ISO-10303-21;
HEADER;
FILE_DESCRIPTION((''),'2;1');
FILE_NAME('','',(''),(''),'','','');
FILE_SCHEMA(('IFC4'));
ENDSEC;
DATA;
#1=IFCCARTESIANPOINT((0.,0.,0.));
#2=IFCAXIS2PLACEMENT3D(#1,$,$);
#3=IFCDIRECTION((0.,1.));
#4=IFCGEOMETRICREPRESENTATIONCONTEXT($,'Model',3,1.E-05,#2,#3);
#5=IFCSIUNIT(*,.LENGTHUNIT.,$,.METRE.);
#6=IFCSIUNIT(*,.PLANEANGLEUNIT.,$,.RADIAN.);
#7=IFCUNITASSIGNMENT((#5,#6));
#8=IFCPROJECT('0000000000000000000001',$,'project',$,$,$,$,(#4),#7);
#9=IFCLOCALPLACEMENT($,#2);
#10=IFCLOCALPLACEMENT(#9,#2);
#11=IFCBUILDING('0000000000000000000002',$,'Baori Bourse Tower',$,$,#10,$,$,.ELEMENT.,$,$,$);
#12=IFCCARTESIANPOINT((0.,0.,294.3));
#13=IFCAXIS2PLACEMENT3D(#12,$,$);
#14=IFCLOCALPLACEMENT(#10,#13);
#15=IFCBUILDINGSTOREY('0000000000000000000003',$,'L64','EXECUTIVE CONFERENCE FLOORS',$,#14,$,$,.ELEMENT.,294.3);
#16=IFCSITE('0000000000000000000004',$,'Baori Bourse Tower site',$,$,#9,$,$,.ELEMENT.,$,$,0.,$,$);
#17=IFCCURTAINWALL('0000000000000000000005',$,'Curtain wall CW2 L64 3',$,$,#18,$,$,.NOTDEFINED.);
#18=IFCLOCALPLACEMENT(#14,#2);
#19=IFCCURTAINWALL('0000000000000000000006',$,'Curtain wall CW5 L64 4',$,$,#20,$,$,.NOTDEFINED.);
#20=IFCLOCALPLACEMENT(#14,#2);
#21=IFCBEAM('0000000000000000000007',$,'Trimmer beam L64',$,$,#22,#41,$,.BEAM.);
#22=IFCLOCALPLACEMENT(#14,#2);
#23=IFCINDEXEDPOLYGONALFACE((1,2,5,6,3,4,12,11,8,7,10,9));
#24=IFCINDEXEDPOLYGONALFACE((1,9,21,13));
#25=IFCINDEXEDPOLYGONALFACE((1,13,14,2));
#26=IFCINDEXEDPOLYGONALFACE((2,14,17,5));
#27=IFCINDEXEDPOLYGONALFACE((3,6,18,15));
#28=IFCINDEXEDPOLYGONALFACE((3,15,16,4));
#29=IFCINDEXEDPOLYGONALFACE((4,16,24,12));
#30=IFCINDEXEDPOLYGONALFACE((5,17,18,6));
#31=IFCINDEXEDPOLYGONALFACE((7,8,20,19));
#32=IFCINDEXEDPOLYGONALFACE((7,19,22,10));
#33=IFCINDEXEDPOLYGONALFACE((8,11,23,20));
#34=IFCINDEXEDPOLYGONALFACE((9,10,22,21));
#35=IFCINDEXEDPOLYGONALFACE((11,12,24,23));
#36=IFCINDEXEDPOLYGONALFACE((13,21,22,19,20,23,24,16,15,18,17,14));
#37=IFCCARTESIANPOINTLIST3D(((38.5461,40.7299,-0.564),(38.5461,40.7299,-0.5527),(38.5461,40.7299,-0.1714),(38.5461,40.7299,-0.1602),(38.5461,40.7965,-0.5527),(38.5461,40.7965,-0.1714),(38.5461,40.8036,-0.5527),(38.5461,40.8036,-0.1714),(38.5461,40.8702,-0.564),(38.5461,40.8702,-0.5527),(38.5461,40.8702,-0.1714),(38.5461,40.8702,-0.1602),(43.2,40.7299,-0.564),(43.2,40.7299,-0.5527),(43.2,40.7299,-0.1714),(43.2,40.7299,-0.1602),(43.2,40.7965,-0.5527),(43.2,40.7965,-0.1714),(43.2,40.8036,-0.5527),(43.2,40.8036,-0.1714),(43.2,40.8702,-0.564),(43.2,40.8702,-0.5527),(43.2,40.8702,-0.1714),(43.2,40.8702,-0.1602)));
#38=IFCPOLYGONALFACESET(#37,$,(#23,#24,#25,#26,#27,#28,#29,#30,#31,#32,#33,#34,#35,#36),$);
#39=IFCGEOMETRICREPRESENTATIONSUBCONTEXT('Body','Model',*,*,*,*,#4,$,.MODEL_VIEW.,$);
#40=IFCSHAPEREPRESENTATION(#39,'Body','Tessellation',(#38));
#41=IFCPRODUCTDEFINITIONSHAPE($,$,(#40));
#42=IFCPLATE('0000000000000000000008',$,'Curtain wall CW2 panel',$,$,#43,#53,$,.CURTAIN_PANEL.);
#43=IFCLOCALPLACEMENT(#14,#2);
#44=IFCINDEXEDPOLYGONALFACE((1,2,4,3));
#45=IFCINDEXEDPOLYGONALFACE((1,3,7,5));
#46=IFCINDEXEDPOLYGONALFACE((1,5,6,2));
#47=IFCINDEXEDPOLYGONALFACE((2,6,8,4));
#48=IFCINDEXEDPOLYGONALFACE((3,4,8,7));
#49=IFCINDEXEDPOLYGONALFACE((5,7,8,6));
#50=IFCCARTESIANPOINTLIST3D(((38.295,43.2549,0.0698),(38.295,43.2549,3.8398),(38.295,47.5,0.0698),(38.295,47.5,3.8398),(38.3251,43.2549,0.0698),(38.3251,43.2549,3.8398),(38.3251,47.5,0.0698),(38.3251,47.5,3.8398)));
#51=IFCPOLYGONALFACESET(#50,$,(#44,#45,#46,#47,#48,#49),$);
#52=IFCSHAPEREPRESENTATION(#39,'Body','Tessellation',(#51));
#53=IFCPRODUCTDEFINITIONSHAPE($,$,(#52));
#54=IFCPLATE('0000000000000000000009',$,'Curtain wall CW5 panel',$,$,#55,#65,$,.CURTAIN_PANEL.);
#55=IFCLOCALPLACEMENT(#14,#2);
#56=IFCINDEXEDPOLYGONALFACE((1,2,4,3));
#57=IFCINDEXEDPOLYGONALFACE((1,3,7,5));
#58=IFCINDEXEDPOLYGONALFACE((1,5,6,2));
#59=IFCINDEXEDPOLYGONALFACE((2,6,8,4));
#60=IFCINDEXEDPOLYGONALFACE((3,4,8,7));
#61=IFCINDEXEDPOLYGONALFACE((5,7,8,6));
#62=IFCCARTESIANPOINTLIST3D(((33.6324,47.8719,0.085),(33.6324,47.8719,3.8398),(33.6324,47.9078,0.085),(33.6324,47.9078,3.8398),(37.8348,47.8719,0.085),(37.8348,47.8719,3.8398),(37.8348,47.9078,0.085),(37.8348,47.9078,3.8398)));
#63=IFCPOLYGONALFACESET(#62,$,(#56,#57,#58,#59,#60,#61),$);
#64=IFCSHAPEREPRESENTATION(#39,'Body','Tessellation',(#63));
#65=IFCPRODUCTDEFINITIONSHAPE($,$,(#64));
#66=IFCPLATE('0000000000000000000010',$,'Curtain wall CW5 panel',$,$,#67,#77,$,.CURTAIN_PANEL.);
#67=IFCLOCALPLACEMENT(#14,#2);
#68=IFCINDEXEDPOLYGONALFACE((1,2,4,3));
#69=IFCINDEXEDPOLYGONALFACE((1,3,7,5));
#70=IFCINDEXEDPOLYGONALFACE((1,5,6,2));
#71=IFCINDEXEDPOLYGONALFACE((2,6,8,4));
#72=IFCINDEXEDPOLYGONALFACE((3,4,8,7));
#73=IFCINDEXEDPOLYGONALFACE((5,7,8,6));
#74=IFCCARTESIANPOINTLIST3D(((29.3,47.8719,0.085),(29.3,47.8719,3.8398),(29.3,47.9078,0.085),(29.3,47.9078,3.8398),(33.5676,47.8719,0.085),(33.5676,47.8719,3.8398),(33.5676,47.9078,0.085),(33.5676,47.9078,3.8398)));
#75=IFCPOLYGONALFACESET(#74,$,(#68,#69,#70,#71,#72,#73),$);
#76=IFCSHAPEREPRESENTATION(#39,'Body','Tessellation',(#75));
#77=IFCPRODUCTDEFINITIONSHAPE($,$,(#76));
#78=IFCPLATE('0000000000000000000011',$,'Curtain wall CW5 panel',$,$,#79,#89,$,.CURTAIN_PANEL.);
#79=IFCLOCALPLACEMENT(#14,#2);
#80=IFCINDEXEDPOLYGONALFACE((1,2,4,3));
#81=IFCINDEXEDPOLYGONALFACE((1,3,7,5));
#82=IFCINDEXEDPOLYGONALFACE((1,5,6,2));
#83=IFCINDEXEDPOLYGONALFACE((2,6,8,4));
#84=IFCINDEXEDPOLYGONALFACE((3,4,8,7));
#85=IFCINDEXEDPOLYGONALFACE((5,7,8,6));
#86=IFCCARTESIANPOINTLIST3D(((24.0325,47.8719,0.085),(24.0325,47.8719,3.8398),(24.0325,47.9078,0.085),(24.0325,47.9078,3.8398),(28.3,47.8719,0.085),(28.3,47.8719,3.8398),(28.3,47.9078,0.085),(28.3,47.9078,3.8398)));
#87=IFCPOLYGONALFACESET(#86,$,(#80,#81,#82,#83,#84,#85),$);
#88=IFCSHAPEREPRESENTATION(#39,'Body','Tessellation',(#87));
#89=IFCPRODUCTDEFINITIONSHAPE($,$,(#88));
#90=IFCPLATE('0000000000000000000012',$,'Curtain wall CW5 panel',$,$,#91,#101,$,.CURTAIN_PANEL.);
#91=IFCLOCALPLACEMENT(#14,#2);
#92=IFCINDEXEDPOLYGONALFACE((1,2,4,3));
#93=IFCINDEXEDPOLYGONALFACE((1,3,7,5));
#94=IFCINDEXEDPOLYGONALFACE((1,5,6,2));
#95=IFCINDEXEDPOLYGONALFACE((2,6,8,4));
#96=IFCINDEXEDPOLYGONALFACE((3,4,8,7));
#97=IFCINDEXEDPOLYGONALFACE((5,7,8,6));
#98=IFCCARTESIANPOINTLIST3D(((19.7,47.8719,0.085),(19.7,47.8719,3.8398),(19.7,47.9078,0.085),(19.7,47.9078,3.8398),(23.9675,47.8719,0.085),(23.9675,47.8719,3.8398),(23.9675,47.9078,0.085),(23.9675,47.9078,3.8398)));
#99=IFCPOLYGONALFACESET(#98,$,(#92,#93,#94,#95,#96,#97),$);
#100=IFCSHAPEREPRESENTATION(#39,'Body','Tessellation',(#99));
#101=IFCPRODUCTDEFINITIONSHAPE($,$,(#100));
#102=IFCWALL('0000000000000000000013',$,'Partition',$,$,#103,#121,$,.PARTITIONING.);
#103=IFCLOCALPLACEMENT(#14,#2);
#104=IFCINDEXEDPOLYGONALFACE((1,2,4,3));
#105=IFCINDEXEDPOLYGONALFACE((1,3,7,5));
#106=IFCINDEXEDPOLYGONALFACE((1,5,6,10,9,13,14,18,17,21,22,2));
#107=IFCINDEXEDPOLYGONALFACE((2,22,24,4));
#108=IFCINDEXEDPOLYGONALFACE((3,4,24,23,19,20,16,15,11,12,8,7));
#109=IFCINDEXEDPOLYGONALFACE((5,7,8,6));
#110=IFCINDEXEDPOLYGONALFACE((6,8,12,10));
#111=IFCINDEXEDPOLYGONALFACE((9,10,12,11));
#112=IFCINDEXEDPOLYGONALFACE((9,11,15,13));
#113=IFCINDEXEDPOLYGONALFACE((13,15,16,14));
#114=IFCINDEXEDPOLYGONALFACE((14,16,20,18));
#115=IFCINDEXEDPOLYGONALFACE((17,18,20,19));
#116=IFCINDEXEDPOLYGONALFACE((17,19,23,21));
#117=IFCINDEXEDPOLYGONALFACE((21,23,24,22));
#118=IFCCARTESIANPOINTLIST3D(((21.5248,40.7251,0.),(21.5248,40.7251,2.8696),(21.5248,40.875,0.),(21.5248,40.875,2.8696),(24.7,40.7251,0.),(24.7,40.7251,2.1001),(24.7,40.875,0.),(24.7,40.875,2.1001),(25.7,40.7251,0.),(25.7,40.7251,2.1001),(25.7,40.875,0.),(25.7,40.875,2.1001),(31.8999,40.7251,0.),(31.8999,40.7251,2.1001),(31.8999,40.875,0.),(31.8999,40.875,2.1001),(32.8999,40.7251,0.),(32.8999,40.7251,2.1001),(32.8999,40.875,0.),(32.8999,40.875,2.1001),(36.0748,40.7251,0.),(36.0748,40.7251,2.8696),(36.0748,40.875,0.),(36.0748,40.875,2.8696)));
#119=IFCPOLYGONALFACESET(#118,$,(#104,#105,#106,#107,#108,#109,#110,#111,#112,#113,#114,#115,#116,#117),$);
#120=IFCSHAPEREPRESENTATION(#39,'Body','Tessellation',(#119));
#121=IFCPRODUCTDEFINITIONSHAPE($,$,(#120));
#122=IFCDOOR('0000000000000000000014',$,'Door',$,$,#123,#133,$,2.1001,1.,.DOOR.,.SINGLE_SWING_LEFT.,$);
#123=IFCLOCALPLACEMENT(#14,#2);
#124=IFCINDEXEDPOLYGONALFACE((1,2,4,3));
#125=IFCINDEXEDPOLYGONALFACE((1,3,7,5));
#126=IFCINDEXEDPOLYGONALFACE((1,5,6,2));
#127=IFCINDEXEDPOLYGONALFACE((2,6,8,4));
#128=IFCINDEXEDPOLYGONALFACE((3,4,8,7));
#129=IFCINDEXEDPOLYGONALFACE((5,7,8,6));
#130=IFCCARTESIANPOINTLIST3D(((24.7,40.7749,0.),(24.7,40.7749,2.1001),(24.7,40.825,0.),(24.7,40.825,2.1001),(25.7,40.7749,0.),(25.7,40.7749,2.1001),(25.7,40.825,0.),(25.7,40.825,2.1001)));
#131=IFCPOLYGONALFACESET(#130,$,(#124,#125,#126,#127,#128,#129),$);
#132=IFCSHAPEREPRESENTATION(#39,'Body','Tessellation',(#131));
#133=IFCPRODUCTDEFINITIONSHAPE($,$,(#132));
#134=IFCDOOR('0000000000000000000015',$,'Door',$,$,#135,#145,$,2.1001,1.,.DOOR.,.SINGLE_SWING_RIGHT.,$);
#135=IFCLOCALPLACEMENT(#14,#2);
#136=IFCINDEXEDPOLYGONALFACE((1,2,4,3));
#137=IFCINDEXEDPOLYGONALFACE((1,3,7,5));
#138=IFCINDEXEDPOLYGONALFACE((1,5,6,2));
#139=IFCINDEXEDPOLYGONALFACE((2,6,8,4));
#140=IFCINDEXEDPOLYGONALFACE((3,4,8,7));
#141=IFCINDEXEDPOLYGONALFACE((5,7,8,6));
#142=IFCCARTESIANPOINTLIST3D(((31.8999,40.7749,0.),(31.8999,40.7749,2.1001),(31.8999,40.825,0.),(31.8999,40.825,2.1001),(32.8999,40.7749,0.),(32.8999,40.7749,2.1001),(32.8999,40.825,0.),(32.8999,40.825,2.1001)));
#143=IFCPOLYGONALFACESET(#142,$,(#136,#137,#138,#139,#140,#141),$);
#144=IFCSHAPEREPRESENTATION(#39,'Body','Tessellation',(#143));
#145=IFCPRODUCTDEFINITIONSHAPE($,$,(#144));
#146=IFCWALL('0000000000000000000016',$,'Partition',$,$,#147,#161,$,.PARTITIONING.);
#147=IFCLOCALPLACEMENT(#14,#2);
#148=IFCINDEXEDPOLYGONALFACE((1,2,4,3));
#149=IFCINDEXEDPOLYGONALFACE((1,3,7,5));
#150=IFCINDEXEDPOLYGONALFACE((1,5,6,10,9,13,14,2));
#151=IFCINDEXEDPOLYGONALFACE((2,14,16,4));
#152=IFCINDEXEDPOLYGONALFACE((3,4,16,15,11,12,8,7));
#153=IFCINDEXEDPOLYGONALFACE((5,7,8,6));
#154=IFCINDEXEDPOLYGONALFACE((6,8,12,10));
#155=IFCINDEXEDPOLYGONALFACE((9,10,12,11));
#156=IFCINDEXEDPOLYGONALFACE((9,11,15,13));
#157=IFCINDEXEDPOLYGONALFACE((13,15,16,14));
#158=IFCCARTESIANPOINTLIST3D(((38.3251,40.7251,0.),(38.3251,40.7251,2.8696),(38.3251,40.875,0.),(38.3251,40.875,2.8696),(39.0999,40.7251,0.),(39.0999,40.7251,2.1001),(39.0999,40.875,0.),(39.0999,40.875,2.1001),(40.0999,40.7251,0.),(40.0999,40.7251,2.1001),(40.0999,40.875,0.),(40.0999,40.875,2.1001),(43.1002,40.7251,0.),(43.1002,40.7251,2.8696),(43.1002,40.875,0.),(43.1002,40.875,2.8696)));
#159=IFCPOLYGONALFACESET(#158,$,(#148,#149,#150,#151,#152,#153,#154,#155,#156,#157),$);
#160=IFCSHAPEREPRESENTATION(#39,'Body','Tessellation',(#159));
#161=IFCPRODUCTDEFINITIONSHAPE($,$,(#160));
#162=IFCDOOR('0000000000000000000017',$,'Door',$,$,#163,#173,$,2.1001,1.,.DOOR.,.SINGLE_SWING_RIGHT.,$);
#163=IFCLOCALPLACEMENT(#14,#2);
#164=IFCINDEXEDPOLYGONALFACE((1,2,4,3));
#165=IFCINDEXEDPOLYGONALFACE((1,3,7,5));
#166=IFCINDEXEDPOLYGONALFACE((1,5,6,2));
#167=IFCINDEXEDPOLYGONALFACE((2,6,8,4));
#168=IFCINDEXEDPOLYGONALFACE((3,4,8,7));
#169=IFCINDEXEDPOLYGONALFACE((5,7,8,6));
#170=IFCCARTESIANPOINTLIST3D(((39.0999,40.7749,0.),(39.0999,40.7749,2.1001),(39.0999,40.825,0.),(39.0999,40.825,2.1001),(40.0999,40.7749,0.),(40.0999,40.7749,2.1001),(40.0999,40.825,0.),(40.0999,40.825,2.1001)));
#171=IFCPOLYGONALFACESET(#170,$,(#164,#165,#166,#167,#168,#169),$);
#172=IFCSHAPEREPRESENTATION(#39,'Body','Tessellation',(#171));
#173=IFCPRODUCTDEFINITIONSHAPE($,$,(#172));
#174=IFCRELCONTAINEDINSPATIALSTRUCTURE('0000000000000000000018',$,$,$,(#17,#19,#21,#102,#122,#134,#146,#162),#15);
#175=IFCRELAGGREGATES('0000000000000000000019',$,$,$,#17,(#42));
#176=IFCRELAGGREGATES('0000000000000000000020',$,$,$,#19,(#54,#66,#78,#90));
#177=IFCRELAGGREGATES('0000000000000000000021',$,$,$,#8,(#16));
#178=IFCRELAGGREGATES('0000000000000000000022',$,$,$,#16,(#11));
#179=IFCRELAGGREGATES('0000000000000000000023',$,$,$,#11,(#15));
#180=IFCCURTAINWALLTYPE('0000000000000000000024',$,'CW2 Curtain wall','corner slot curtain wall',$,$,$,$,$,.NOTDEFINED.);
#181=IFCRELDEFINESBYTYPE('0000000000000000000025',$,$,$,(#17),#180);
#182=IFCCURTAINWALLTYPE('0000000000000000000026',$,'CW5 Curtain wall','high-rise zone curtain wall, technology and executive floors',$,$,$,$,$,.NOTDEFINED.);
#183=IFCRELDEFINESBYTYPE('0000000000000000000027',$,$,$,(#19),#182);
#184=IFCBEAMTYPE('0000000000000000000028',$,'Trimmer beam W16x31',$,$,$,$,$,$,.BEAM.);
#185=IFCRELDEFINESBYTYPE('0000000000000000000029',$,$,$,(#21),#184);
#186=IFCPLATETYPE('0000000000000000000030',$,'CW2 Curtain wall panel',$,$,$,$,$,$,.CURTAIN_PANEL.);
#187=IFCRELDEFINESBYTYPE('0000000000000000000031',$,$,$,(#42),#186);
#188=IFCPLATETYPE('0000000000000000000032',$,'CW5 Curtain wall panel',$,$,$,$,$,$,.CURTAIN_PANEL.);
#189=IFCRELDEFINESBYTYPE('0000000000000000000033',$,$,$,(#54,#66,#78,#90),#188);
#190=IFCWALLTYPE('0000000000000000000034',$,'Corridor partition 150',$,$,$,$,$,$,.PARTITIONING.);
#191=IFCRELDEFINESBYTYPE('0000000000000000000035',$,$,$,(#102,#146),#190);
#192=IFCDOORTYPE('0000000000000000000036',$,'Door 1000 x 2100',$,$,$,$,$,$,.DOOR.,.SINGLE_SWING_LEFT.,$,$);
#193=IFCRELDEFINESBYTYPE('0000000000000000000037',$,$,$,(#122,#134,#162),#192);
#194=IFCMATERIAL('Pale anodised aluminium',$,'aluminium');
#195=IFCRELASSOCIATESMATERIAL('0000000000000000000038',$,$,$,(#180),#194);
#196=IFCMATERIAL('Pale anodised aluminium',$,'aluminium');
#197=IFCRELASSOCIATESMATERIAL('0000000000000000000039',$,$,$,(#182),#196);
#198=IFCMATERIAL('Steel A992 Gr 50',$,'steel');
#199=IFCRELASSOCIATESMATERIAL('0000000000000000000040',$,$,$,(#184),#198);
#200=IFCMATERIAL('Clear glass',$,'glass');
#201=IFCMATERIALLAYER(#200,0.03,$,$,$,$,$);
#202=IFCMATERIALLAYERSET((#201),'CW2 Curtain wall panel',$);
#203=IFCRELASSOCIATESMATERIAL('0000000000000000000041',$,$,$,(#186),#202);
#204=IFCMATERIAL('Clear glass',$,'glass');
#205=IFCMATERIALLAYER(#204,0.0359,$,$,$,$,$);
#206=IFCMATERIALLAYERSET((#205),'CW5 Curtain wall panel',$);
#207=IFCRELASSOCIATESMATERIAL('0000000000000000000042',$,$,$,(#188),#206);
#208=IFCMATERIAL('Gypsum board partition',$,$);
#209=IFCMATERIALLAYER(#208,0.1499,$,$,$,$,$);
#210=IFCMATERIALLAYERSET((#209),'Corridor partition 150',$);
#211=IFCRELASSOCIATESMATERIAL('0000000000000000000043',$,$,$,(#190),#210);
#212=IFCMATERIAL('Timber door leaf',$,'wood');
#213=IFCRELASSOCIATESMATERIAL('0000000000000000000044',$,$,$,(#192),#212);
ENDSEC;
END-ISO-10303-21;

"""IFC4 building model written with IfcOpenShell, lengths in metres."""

from ifc_helpers import new_model, si_unit, direction, frame, frame_2d, origin, origin_2d, place, context, subcontext, project, spatial, rectangle, i_section, extrude, material, layer, layer_set, material_profile, profile_set, type_object, element, fill, aggregate, save


model = new_model("IFC4")

# Units and contexts
model_context = context("Model", 3, precision=1e-05, world=origin(), true_north=direction((0.0, 1.0)))
body_context = subcontext(model_context, "Body", "Model", "MODEL_VIEW")
ifc_project = project(units=[si_unit("LENGTHUNIT", "METRE"), si_unit("PLANEANGLEUNIT", "RADIAN")], contexts=[model_context])

# Site, building, storey
site_placement = place(None, origin())
site = spatial("IfcSite", under=ifc_project, at=site_placement, Name="Baori Bourse Tower site", CompositionType="ELEMENT", RefElevation=0.0)
building_placement = place(site_placement, origin())
building = spatial("IfcBuilding", under=site, at=building_placement, Name="Baori Bourse Tower", CompositionType="ELEMENT")
storey_placement = place(building_placement, frame((0.0, 0.0, 294.3)))
storey = spatial("IfcBuildingStorey", under=building, at=storey_placement, Name="L64", Description="EXECUTIVE CONFERENCE FLOORS", CompositionType="ELEMENT", Elevation=294.3)

# Curtain walls
ifc_material_1 = material(Name="Pale anodised aluminium", Category="aluminium")
curtain_wall_type_1 = type_object("IfcCurtainWallType", Name="CW2 Curtain wall", Description="corner slot curtain wall", PredefinedType="NOTDEFINED", material=ifc_material_1)
curtain_wall_1_placement = place(storey_placement, origin())
curtain_wall_1 = element("IfcCurtainWall", 1, at=curtain_wall_1_placement, inside=storey, type_object=curtain_wall_type_1, Name="Curtain wall CW2 L64 3", PredefinedType="NOTDEFINED")
ifc_material_2 = material(Name="Pale anodised aluminium", Category="aluminium")
curtain_wall_type_2 = type_object("IfcCurtainWallType", Name="CW5 Curtain wall", Description="high-rise zone curtain wall, technology and executive floors", PredefinedType="NOTDEFINED", material=ifc_material_2)
curtain_wall_2_placement = place(storey_placement, origin())
curtain_wall_2 = element("IfcCurtainWall", 2, at=curtain_wall_2_placement, inside=storey, type_object=curtain_wall_type_2, Name="Curtain wall CW5 L64 4", PredefinedType="NOTDEFINED")

# Beam
ifc_material_3 = material(Name="Steel A992 Gr 50", Category="steel")
ifc_material_profile_1 = material_profile(ifc_material_3, i_section(OverallWidth=0.1404, OverallDepth=0.4038, WebThickness=0.0071, FlangeThickness=0.0112, at=origin_2d()), Name="W16x31")
ifc_profile_set_1 = profile_set([ifc_material_profile_1], Name="Steel A992 Gr 50")
beam_type_1 = type_object("IfcBeamType", Name="Trimmer beam W16x31", PredefinedType="BEAM", material=ifc_profile_set_1)
beam_1_placement = place(storey_placement, frame((38.5461, 40.8, -0.3621), z_axis=(1.0, 0.0, 0.0), x_axis=(0.0, 1.0, 0.0)))
element("IfcBeam", 3, at=beam_1_placement, inside=storey, type_object=beam_type_1, Name="Trimmer beam L64", PredefinedType="BEAM", context=body_context, shape_type="SweptSolid", body=[
    extrude(i_section(OverallWidth=0.1404, OverallDepth=0.4038, WebThickness=0.0071, FlangeThickness=0.0112, at=origin_2d()), origin(), (0.0, 0.0, 1.0), 4.6538),
])

# Plates
ifc_material_4 = material(Name="Clear glass", Category="glass")
ifc_layer_1 = layer(ifc_material_4, 0.03)
ifc_layer_set_1 = layer_set([ifc_layer_1], Name="CW2 Curtain wall panel")
plate_type_1 = type_object("IfcPlateType", Name="CW2 Curtain wall panel", PredefinedType="CURTAIN_PANEL", material=ifc_layer_set_1)
plate_1_placement = place(storey_placement, frame((38.3101, 45.3774, 0.0698), z_axis=(0.0, 0.0, 1.0), x_axis=(0.0, 1.0, 0.0)))
plate_1 = element("IfcPlate", 4, at=plate_1_placement, type_object=plate_type_1, Name="Curtain wall CW2 panel", PredefinedType="CURTAIN_PANEL", context=body_context, shape_type="SweptSolid", body=[
    extrude(rectangle(XDim=4.2451, YDim=0.03, at=origin_2d()), origin(), (0.0, 0.0, 1.0), 3.77),
])
aggregate(curtain_wall_1, [plate_1])
ifc_material_5 = material(Name="Clear glass", Category="glass")
ifc_layer_2 = layer(ifc_material_5, 0.0359)
ifc_layer_set_2 = layer_set([ifc_layer_2], Name="CW5 Curtain wall panel")
plate_type_2 = type_object("IfcPlateType", Name="CW5 Curtain wall panel", PredefinedType="CURTAIN_PANEL", material=ifc_layer_set_2)
plate_2_placement = place(storey_placement, frame((35.7336, 47.8899, 0.085), z_axis=(0.0, 0.0, 1.0), x_axis=(-1.0, 0.0, 0.0)))
plate_2 = element("IfcPlate", 5, at=plate_2_placement, type_object=plate_type_2, Name="Curtain wall CW5 panel", PredefinedType="CURTAIN_PANEL", context=body_context, shape_type="SweptSolid", body=[
    extrude(rectangle(XDim=4.2024, YDim=0.0359, at=origin_2d()), origin(), (0.0, 0.0, 1.0), 3.7549),
])
plate_3_placement = place(storey_placement, frame((31.4338, 47.8899, 0.085), z_axis=(0.0, 0.0, 1.0), x_axis=(-1.0, 0.0, 0.0)))
plate_3 = element("IfcPlate", 6, at=plate_3_placement, type_object=plate_type_2, Name="Curtain wall CW5 panel", PredefinedType="CURTAIN_PANEL", context=body_context, shape_type="SweptSolid", body=[
    extrude(rectangle(XDim=4.2676, YDim=0.0359, at=origin_2d()), origin(), (0.0, 0.0, 1.0), 3.7549),
])
plate_4_placement = place(storey_placement, frame((26.1663, 47.8899, 0.085), z_axis=(0.0, 0.0, 1.0), x_axis=(-1.0, 0.0, 0.0)))
plate_4 = element("IfcPlate", 7, at=plate_4_placement, type_object=plate_type_2, Name="Curtain wall CW5 panel", PredefinedType="CURTAIN_PANEL", context=body_context, shape_type="SweptSolid", body=[
    extrude(rectangle(XDim=4.2676, YDim=0.0359, at=origin_2d()), origin(), (0.0, 0.0, 1.0), 3.7549),
])
plate_5_placement = place(storey_placement, frame((21.8337, 47.8899, 0.085), z_axis=(0.0, 0.0, 1.0), x_axis=(-1.0, 0.0, 0.0)))
plate_5 = element("IfcPlate", 8, at=plate_5_placement, type_object=plate_type_2, Name="Curtain wall CW5 panel", PredefinedType="CURTAIN_PANEL", context=body_context, shape_type="SweptSolid", body=[
    extrude(rectangle(XDim=4.2676, YDim=0.0359, at=origin_2d()), origin(), (0.0, 0.0, 1.0), 3.7549),
])
aggregate(curtain_wall_2, [plate_2, plate_3, plate_4, plate_5])

# Wall, openings, doors
ifc_material_6 = material(Name="Gypsum board partition")
ifc_layer_3 = layer(ifc_material_6, 0.1499)
ifc_layer_set_3 = layer_set([ifc_layer_3], Name="Corridor partition 150")
wall_type_1 = type_object("IfcWallType", Name="Corridor partition 150", PredefinedType="PARTITIONING", material=ifc_layer_set_3)
wall_1_placement = place(storey_placement, frame((21.5249, 40.8, 0.0), z_axis=(0.0, 0.0, 1.0), x_axis=(1.0, 0.0, 0.0)))
wall_1 = element("IfcWall", 9, at=wall_1_placement, inside=storey, type_object=wall_type_1, Name="Partition", PredefinedType="PARTITIONING", context=body_context, shape_type="SweptSolid", body=[
    extrude(rectangle(XDim=14.55, YDim=0.1499, at=frame_2d((7.2749, 0.0))), origin(), (0.0, 0.0, 1.0), 2.8696),
])
opening_1_placement = place(wall_1_placement, frame((3.175, 0.0, 0.0)))
opening_1 = element("IfcOpeningElement", 10, at=opening_1_placement, cuts=wall_1, PredefinedType="OPENING", context=body_context, shape_type="SweptSolid", body=[
    extrude(rectangle(XDim=1.0, YDim=2.1001, at=frame_2d((0.5, 1.05))), frame((0.0, 0.085, 0.0), z_axis=(0.0, -1.0, 0.0), x_axis=(1.0, 0.0, 0.0)), (0.0, 0.0, 1.0), 0.1699),
])
opening_2_placement = place(wall_1_placement, frame((10.375, 0.0, 0.0)))
opening_2 = element("IfcOpeningElement", 11, at=opening_2_placement, cuts=wall_1, PredefinedType="OPENING", context=body_context, shape_type="SweptSolid", body=[
    extrude(rectangle(XDim=1.0, YDim=2.1001, at=frame_2d((0.5, 1.05))), frame((0.0, 0.085, 0.0), z_axis=(0.0, -1.0, 0.0), x_axis=(1.0, 0.0, 0.0)), (0.0, 0.0, 1.0), 0.1699),
])
ifc_material_7 = material(Name="Timber door leaf", Category="wood")
door_type = type_object("IfcDoorType", Name="Door 1000 x 2100", OperationType="SINGLE_SWING_LEFT", PredefinedType="DOOR", material=ifc_material_7)
door_1_placement = place(opening_1_placement, origin())
door_1 = element("IfcDoor", 12, at=door_1_placement, inside=storey, type_object=door_type, Name="Door", OperationType="SINGLE_SWING_LEFT", OverallHeight=2.1001, OverallWidth=1.0, PredefinedType="DOOR", context=body_context, shape_type="SweptSolid", body=[
    extrude(rectangle(XDim=1.0, YDim=2.1001, at=frame_2d((0.5, 1.05))), frame((0.0, 0.0249, 0.0), z_axis=(0.0, -1.0, 0.0), x_axis=(1.0, 0.0, 0.0)), (0.0, 0.0, 1.0), 0.05),
])
fill(opening_1, door_1)
door_2_placement = place(opening_2_placement, origin())
door_2 = element("IfcDoor", 13, at=door_2_placement, inside=storey, type_object=door_type, Name="Door", OperationType="SINGLE_SWING_RIGHT", OverallHeight=2.1001, OverallWidth=1.0, PredefinedType="DOOR", context=body_context, shape_type="SweptSolid", body=[
    extrude(rectangle(XDim=1.0, YDim=2.1001, at=frame_2d((0.5, 1.05))), frame((0.0, 0.0249, 0.0), z_axis=(0.0, -1.0, 0.0), x_axis=(1.0, 0.0, 0.0)), (0.0, 0.0, 1.0), 0.05),
])
fill(opening_2, door_2)

# Wall, opening, door
wall_2_placement = place(storey_placement, frame((38.325, 40.8, 0.0), z_axis=(0.0, 0.0, 1.0), x_axis=(1.0, 0.0, 0.0)))
wall_2 = element("IfcWall", 14, at=wall_2_placement, inside=storey, type_object=wall_type_1, Name="Partition", PredefinedType="PARTITIONING", context=body_context, shape_type="SweptSolid", body=[
    extrude(rectangle(XDim=4.7751, YDim=0.1499, at=frame_2d((2.3877, 0.0))), origin(), (0.0, 0.0, 1.0), 2.8696),
])
opening_3_placement = place(wall_2_placement, frame((0.7749, 0.0, 0.0)))
opening_3 = element("IfcOpeningElement", 15, at=opening_3_placement, cuts=wall_2, PredefinedType="OPENING", context=body_context, shape_type="SweptSolid", body=[
    extrude(rectangle(XDim=1.0, YDim=2.1001, at=frame_2d((0.5, 1.05))), frame((0.0, 0.085, 0.0), z_axis=(0.0, -1.0, 0.0), x_axis=(1.0, 0.0, 0.0)), (0.0, 0.0, 1.0), 0.1699),
])
door_3_placement = place(opening_3_placement, origin())
door_3 = element("IfcDoor", 16, at=door_3_placement, inside=storey, type_object=door_type, Name="Door", OperationType="SINGLE_SWING_RIGHT", OverallHeight=2.1001, OverallWidth=1.0, PredefinedType="DOOR", context=body_context, shape_type="SweptSolid", body=[
    extrude(rectangle(XDim=1.0, YDim=2.1001, at=frame_2d((0.5, 1.05))), frame((0.0, 0.0249, 0.0), z_axis=(0.0, -1.0, 0.0), x_axis=(1.0, 0.0, 0.0)), (0.0, 0.0, 1.0), 0.05),
])
fill(opening_3, door_3)

save(model, "model.ifc")
